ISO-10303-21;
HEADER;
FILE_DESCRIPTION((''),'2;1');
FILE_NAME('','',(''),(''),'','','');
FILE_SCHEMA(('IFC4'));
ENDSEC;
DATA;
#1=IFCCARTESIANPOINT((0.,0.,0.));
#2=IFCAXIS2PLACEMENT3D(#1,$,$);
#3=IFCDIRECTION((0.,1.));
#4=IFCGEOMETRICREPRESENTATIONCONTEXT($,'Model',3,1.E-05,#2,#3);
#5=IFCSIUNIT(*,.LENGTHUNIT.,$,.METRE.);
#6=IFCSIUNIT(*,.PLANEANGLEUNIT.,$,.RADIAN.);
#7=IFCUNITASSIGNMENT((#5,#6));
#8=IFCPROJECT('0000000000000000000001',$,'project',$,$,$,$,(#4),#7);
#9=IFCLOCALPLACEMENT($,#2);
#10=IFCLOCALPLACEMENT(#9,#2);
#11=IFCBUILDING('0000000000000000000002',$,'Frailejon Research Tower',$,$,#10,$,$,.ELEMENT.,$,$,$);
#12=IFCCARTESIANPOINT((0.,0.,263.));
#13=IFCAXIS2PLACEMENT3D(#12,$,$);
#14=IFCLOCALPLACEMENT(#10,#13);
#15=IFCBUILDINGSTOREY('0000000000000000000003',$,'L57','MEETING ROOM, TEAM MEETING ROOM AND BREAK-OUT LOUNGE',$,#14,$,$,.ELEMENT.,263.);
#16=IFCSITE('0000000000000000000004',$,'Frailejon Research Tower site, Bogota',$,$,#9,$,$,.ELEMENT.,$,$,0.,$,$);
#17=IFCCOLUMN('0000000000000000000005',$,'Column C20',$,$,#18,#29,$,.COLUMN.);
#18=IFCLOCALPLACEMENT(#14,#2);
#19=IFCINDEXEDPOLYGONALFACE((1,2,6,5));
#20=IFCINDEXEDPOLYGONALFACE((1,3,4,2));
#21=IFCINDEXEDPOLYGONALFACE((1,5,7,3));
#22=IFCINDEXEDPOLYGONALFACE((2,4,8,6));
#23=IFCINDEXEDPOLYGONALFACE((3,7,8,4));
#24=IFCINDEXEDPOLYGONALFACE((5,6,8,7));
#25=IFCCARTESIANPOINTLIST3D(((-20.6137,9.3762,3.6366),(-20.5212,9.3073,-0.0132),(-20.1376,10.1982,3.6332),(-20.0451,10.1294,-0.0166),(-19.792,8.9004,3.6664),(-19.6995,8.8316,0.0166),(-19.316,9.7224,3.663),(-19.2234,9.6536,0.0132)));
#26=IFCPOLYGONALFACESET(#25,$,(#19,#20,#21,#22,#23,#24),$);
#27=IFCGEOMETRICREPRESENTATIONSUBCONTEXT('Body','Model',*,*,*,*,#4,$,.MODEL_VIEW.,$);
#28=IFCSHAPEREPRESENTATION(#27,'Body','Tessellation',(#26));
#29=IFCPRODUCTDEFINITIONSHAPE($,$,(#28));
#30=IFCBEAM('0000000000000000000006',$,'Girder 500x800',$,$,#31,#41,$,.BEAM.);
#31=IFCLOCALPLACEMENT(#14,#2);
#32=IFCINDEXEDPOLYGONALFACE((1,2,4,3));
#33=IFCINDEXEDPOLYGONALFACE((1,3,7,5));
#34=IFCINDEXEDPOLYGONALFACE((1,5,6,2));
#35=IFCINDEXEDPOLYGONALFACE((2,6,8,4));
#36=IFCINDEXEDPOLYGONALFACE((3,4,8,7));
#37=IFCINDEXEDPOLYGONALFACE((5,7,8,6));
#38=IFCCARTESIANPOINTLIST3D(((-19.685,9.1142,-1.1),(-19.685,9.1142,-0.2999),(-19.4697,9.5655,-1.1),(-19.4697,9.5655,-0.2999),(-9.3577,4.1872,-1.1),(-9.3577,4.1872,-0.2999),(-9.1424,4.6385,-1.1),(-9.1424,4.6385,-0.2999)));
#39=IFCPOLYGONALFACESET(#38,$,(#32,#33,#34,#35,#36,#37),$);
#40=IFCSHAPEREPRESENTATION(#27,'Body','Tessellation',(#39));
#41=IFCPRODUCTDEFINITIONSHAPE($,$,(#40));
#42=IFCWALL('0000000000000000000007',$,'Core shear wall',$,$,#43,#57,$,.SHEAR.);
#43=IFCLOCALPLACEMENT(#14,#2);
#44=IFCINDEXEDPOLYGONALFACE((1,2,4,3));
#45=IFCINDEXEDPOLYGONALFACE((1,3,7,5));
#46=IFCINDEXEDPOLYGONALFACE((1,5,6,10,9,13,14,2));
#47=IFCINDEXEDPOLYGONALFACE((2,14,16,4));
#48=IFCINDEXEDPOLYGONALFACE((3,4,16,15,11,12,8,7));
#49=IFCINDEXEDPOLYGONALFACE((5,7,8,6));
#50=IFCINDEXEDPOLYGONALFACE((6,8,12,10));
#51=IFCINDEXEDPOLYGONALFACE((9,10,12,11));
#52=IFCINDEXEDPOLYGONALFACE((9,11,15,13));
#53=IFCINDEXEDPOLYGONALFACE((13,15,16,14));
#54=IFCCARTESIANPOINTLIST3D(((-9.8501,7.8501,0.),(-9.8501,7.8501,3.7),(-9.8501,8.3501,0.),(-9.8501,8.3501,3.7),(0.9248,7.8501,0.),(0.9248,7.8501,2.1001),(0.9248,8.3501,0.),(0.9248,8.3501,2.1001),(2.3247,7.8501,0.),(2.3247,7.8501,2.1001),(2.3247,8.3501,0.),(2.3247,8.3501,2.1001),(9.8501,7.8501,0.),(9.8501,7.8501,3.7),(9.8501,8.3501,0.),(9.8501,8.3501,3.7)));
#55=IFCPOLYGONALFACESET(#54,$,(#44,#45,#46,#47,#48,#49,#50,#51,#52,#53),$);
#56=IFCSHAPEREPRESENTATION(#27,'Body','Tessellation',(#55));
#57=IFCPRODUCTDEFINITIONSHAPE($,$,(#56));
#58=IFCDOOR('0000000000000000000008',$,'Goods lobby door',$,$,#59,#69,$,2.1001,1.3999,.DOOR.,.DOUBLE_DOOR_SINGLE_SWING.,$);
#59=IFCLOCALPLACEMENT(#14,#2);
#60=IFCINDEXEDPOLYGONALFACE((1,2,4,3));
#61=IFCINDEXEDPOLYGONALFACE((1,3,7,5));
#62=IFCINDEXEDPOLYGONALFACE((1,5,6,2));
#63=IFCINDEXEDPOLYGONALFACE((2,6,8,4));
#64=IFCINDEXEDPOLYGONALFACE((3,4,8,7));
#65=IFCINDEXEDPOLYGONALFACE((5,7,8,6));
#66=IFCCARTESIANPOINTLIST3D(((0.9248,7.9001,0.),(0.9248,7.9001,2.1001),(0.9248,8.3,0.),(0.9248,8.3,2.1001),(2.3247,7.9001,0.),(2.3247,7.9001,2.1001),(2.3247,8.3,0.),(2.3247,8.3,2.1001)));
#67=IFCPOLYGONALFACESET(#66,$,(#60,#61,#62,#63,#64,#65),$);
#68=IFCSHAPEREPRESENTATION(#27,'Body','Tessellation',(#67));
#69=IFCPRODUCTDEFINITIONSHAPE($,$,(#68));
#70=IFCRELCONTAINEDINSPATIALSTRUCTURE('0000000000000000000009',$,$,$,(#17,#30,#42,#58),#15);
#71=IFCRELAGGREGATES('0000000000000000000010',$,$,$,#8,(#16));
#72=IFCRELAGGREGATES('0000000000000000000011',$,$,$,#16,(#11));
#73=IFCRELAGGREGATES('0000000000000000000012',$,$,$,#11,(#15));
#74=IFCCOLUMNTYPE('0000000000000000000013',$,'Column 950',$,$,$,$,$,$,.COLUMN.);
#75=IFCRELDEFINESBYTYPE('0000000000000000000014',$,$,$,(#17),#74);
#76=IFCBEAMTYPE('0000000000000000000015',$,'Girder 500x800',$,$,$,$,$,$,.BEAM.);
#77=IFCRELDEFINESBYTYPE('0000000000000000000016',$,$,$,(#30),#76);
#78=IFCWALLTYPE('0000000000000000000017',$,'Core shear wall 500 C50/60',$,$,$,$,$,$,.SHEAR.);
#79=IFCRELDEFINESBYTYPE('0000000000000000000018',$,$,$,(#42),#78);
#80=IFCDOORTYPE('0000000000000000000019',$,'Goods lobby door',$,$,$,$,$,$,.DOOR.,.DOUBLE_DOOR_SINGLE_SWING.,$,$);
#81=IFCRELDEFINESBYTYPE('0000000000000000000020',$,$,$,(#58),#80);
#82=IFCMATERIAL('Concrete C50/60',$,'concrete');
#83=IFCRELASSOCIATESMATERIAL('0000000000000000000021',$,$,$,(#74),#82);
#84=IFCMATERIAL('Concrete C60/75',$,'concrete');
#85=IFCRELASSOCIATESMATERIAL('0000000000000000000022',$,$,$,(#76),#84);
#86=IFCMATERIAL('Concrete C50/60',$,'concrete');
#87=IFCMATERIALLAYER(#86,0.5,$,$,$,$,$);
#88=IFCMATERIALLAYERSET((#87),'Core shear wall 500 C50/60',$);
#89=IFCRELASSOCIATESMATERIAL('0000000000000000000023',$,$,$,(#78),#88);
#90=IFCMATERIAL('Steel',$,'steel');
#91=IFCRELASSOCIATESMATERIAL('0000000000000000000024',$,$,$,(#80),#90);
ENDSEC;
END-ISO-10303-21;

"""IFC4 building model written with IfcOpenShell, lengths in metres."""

from ifc_helpers import new_model, si_unit, direction, frame, frame_2d, origin, origin_2d, place, context, subcontext, project, spatial, rectangle, extrude, material, layer, layer_set, material_profile, profile_set, type_object, element, fill, save


model = new_model("IFC4")

# Units and contexts
model_context = context("Model", 3, precision=1e-05, world=origin(), true_north=direction((0.0, 1.0)))
body_context = subcontext(model_context, "Body", "Model", "MODEL_VIEW")
ifc_project = project(units=[si_unit("LENGTHUNIT", "METRE"), si_unit("PLANEANGLEUNIT", "RADIAN")], contexts=[model_context])

# Site, building, storey
site_placement = place(None, origin())
site = spatial("IfcSite", under=ifc_project, at=site_placement, Name="Frailejon Research Tower site, Bogota", CompositionType="ELEMENT", RefElevation=0.0)
building_placement = place(site_placement, origin())
building = spatial("IfcBuilding", under=site, at=building_placement, Name="Frailejon Research Tower", CompositionType="ELEMENT")
storey_placement = place(building_placement, frame((0.0, 0.0, 263.0)))
storey = spatial("IfcBuildingStorey", under=building, at=storey_placement, Name="L57", Description="MEETING ROOM, TEAM MEETING ROOM AND BREAK-OUT LOUNGE", CompositionType="ELEMENT", Elevation=263.0)

# Column
ifc_material_1 = material(Name="Concrete C50/60", Category="concrete")
ifc_material_profile_1 = material_profile(ifc_material_1, rectangle(XDim=0.95, YDim=0.95, at=origin_2d()), Name="Column 950")
ifc_profile_set_1 = profile_set([ifc_material_profile_1], Name="Concrete C50/60")
column_type = type_object("IfcColumnType", Name="Column 950", PredefinedType="COLUMN", material=ifc_profile_set_1)
column_placement = place(storey_placement, frame((-19.8723, 9.4805, 0.0), z_axis=(-0.025339, 0.018853, 0.999501), x_axis=(-0.501176, -0.865338, 0.003617)))
element("IfcColumn", 1, at=column_placement, inside=storey, type_object=column_type, Name="Column C20", PredefinedType="COLUMN", context=body_context, shape_type="SweptSolid", body=[
    extrude(rectangle(XDim=0.95, YDim=0.95, at=origin_2d()), origin(), (0.0, 0.0, 1.0), 3.6516),
])

# Beam
ifc_material_2 = material(Name="Concrete C60/75", Category="concrete")
ifc_material_profile_2 = material_profile(ifc_material_2, rectangle(XDim=0.5, YDim=0.8, at=origin_2d()), Name="Girder 500x800")
ifc_profile_set_2 = profile_set([ifc_material_profile_2], Name="Concrete C60/75")
beam_type = type_object("IfcBeamType", Name="Girder 500x800", PredefinedType="BEAM", material=ifc_profile_set_2)
beam_placement = place(storey_placement, frame((-19.5774, 9.3398, -0.7), z_axis=(0.902548, -0.430589, 0.0), x_axis=(0.430589, 0.902548, 0.0)))
element("IfcBeam", 2, at=beam_placement, inside=storey, type_object=beam_type, Name="Girder 500x800", PredefinedType="BEAM", context=body_context, shape_type="SweptSolid", body=[
    extrude(rectangle(XDim=0.5, YDim=0.8, at=origin_2d()), origin(), (0.0, 0.0, 1.0), 11.4424),
])

# Wall, opening, door
ifc_material_3 = material(Name="Concrete C50/60", Category="concrete")
ifc_layer_1 = layer(ifc_material_3, 0.5)
ifc_layer_set_1 = layer_set([ifc_layer_1], Name="Core shear wall 500 C50/60")
wall_type_1 = type_object("IfcWallType", Name="Core shear wall 500 C50/60", PredefinedType="SHEAR", material=ifc_layer_set_1)
wall_1_placement = place(storey_placement, frame((-9.8501, 8.1001, 0.0), z_axis=(0.0, 0.0, 1.0), x_axis=(1.0, 0.0, 0.0)))
wall_1 = element("IfcWall", 3, at=wall_1_placement, inside=storey, type_object=wall_type_1, Name="Core shear wall", PredefinedType="SHEAR", context=body_context, shape_type="SweptSolid", body=[
    extrude(rectangle(XDim=19.7002, YDim=0.5, at=frame_2d((9.8501, 0.0))), origin(), (0.0, 0.0, 1.0), 3.7),
])
opening_1_placement = place(wall_1_placement, frame((10.7749, 0.0, 0.0)))
opening_1 = element("IfcOpeningElement", 4, at=opening_1_placement, cuts=wall_1, PredefinedType="OPENING", context=body_context, shape_type="SweptSolid", body=[
    extrude(rectangle(XDim=1.3999, YDim=2.1001, at=frame_2d((0.7, 1.05))), frame((0.0, 0.26, 0.0), z_axis=(0.0, -1.0, 0.0), x_axis=(1.0, 0.0, 0.0)), (0.0, 0.0, 1.0), 0.52),
])
ifc_material_4 = material(Name="Steel", Category="steel")
door_type_1 = type_object("IfcDoorType", Name="Goods lobby door", OperationType="DOUBLE_DOOR_SINGLE_SWING", PredefinedType="DOOR", material=ifc_material_4)
door_1_placement = place(opening_1_placement, origin())
door_1 = element("IfcDoor", 5, at=door_1_placement, inside=storey, type_object=door_type_1, Name="Goods lobby door", OperationType="DOUBLE_DOOR_SINGLE_SWING", OverallHeight=2.1001, OverallWidth=1.3999, PredefinedType="DOOR", context=body_context, shape_type="SweptSolid", body=[
    extrude(rectangle(XDim=1.3999, YDim=2.1001, at=frame_2d((0.7, 1.05))), frame((0.0, 0.2, 0.0), z_axis=(0.0, -1.0, 0.0), x_axis=(1.0, 0.0, 0.0)), (0.0, 0.0, 1.0), 0.3999),
])
fill(opening_1, door_1)

save(model, "model.ifc")
